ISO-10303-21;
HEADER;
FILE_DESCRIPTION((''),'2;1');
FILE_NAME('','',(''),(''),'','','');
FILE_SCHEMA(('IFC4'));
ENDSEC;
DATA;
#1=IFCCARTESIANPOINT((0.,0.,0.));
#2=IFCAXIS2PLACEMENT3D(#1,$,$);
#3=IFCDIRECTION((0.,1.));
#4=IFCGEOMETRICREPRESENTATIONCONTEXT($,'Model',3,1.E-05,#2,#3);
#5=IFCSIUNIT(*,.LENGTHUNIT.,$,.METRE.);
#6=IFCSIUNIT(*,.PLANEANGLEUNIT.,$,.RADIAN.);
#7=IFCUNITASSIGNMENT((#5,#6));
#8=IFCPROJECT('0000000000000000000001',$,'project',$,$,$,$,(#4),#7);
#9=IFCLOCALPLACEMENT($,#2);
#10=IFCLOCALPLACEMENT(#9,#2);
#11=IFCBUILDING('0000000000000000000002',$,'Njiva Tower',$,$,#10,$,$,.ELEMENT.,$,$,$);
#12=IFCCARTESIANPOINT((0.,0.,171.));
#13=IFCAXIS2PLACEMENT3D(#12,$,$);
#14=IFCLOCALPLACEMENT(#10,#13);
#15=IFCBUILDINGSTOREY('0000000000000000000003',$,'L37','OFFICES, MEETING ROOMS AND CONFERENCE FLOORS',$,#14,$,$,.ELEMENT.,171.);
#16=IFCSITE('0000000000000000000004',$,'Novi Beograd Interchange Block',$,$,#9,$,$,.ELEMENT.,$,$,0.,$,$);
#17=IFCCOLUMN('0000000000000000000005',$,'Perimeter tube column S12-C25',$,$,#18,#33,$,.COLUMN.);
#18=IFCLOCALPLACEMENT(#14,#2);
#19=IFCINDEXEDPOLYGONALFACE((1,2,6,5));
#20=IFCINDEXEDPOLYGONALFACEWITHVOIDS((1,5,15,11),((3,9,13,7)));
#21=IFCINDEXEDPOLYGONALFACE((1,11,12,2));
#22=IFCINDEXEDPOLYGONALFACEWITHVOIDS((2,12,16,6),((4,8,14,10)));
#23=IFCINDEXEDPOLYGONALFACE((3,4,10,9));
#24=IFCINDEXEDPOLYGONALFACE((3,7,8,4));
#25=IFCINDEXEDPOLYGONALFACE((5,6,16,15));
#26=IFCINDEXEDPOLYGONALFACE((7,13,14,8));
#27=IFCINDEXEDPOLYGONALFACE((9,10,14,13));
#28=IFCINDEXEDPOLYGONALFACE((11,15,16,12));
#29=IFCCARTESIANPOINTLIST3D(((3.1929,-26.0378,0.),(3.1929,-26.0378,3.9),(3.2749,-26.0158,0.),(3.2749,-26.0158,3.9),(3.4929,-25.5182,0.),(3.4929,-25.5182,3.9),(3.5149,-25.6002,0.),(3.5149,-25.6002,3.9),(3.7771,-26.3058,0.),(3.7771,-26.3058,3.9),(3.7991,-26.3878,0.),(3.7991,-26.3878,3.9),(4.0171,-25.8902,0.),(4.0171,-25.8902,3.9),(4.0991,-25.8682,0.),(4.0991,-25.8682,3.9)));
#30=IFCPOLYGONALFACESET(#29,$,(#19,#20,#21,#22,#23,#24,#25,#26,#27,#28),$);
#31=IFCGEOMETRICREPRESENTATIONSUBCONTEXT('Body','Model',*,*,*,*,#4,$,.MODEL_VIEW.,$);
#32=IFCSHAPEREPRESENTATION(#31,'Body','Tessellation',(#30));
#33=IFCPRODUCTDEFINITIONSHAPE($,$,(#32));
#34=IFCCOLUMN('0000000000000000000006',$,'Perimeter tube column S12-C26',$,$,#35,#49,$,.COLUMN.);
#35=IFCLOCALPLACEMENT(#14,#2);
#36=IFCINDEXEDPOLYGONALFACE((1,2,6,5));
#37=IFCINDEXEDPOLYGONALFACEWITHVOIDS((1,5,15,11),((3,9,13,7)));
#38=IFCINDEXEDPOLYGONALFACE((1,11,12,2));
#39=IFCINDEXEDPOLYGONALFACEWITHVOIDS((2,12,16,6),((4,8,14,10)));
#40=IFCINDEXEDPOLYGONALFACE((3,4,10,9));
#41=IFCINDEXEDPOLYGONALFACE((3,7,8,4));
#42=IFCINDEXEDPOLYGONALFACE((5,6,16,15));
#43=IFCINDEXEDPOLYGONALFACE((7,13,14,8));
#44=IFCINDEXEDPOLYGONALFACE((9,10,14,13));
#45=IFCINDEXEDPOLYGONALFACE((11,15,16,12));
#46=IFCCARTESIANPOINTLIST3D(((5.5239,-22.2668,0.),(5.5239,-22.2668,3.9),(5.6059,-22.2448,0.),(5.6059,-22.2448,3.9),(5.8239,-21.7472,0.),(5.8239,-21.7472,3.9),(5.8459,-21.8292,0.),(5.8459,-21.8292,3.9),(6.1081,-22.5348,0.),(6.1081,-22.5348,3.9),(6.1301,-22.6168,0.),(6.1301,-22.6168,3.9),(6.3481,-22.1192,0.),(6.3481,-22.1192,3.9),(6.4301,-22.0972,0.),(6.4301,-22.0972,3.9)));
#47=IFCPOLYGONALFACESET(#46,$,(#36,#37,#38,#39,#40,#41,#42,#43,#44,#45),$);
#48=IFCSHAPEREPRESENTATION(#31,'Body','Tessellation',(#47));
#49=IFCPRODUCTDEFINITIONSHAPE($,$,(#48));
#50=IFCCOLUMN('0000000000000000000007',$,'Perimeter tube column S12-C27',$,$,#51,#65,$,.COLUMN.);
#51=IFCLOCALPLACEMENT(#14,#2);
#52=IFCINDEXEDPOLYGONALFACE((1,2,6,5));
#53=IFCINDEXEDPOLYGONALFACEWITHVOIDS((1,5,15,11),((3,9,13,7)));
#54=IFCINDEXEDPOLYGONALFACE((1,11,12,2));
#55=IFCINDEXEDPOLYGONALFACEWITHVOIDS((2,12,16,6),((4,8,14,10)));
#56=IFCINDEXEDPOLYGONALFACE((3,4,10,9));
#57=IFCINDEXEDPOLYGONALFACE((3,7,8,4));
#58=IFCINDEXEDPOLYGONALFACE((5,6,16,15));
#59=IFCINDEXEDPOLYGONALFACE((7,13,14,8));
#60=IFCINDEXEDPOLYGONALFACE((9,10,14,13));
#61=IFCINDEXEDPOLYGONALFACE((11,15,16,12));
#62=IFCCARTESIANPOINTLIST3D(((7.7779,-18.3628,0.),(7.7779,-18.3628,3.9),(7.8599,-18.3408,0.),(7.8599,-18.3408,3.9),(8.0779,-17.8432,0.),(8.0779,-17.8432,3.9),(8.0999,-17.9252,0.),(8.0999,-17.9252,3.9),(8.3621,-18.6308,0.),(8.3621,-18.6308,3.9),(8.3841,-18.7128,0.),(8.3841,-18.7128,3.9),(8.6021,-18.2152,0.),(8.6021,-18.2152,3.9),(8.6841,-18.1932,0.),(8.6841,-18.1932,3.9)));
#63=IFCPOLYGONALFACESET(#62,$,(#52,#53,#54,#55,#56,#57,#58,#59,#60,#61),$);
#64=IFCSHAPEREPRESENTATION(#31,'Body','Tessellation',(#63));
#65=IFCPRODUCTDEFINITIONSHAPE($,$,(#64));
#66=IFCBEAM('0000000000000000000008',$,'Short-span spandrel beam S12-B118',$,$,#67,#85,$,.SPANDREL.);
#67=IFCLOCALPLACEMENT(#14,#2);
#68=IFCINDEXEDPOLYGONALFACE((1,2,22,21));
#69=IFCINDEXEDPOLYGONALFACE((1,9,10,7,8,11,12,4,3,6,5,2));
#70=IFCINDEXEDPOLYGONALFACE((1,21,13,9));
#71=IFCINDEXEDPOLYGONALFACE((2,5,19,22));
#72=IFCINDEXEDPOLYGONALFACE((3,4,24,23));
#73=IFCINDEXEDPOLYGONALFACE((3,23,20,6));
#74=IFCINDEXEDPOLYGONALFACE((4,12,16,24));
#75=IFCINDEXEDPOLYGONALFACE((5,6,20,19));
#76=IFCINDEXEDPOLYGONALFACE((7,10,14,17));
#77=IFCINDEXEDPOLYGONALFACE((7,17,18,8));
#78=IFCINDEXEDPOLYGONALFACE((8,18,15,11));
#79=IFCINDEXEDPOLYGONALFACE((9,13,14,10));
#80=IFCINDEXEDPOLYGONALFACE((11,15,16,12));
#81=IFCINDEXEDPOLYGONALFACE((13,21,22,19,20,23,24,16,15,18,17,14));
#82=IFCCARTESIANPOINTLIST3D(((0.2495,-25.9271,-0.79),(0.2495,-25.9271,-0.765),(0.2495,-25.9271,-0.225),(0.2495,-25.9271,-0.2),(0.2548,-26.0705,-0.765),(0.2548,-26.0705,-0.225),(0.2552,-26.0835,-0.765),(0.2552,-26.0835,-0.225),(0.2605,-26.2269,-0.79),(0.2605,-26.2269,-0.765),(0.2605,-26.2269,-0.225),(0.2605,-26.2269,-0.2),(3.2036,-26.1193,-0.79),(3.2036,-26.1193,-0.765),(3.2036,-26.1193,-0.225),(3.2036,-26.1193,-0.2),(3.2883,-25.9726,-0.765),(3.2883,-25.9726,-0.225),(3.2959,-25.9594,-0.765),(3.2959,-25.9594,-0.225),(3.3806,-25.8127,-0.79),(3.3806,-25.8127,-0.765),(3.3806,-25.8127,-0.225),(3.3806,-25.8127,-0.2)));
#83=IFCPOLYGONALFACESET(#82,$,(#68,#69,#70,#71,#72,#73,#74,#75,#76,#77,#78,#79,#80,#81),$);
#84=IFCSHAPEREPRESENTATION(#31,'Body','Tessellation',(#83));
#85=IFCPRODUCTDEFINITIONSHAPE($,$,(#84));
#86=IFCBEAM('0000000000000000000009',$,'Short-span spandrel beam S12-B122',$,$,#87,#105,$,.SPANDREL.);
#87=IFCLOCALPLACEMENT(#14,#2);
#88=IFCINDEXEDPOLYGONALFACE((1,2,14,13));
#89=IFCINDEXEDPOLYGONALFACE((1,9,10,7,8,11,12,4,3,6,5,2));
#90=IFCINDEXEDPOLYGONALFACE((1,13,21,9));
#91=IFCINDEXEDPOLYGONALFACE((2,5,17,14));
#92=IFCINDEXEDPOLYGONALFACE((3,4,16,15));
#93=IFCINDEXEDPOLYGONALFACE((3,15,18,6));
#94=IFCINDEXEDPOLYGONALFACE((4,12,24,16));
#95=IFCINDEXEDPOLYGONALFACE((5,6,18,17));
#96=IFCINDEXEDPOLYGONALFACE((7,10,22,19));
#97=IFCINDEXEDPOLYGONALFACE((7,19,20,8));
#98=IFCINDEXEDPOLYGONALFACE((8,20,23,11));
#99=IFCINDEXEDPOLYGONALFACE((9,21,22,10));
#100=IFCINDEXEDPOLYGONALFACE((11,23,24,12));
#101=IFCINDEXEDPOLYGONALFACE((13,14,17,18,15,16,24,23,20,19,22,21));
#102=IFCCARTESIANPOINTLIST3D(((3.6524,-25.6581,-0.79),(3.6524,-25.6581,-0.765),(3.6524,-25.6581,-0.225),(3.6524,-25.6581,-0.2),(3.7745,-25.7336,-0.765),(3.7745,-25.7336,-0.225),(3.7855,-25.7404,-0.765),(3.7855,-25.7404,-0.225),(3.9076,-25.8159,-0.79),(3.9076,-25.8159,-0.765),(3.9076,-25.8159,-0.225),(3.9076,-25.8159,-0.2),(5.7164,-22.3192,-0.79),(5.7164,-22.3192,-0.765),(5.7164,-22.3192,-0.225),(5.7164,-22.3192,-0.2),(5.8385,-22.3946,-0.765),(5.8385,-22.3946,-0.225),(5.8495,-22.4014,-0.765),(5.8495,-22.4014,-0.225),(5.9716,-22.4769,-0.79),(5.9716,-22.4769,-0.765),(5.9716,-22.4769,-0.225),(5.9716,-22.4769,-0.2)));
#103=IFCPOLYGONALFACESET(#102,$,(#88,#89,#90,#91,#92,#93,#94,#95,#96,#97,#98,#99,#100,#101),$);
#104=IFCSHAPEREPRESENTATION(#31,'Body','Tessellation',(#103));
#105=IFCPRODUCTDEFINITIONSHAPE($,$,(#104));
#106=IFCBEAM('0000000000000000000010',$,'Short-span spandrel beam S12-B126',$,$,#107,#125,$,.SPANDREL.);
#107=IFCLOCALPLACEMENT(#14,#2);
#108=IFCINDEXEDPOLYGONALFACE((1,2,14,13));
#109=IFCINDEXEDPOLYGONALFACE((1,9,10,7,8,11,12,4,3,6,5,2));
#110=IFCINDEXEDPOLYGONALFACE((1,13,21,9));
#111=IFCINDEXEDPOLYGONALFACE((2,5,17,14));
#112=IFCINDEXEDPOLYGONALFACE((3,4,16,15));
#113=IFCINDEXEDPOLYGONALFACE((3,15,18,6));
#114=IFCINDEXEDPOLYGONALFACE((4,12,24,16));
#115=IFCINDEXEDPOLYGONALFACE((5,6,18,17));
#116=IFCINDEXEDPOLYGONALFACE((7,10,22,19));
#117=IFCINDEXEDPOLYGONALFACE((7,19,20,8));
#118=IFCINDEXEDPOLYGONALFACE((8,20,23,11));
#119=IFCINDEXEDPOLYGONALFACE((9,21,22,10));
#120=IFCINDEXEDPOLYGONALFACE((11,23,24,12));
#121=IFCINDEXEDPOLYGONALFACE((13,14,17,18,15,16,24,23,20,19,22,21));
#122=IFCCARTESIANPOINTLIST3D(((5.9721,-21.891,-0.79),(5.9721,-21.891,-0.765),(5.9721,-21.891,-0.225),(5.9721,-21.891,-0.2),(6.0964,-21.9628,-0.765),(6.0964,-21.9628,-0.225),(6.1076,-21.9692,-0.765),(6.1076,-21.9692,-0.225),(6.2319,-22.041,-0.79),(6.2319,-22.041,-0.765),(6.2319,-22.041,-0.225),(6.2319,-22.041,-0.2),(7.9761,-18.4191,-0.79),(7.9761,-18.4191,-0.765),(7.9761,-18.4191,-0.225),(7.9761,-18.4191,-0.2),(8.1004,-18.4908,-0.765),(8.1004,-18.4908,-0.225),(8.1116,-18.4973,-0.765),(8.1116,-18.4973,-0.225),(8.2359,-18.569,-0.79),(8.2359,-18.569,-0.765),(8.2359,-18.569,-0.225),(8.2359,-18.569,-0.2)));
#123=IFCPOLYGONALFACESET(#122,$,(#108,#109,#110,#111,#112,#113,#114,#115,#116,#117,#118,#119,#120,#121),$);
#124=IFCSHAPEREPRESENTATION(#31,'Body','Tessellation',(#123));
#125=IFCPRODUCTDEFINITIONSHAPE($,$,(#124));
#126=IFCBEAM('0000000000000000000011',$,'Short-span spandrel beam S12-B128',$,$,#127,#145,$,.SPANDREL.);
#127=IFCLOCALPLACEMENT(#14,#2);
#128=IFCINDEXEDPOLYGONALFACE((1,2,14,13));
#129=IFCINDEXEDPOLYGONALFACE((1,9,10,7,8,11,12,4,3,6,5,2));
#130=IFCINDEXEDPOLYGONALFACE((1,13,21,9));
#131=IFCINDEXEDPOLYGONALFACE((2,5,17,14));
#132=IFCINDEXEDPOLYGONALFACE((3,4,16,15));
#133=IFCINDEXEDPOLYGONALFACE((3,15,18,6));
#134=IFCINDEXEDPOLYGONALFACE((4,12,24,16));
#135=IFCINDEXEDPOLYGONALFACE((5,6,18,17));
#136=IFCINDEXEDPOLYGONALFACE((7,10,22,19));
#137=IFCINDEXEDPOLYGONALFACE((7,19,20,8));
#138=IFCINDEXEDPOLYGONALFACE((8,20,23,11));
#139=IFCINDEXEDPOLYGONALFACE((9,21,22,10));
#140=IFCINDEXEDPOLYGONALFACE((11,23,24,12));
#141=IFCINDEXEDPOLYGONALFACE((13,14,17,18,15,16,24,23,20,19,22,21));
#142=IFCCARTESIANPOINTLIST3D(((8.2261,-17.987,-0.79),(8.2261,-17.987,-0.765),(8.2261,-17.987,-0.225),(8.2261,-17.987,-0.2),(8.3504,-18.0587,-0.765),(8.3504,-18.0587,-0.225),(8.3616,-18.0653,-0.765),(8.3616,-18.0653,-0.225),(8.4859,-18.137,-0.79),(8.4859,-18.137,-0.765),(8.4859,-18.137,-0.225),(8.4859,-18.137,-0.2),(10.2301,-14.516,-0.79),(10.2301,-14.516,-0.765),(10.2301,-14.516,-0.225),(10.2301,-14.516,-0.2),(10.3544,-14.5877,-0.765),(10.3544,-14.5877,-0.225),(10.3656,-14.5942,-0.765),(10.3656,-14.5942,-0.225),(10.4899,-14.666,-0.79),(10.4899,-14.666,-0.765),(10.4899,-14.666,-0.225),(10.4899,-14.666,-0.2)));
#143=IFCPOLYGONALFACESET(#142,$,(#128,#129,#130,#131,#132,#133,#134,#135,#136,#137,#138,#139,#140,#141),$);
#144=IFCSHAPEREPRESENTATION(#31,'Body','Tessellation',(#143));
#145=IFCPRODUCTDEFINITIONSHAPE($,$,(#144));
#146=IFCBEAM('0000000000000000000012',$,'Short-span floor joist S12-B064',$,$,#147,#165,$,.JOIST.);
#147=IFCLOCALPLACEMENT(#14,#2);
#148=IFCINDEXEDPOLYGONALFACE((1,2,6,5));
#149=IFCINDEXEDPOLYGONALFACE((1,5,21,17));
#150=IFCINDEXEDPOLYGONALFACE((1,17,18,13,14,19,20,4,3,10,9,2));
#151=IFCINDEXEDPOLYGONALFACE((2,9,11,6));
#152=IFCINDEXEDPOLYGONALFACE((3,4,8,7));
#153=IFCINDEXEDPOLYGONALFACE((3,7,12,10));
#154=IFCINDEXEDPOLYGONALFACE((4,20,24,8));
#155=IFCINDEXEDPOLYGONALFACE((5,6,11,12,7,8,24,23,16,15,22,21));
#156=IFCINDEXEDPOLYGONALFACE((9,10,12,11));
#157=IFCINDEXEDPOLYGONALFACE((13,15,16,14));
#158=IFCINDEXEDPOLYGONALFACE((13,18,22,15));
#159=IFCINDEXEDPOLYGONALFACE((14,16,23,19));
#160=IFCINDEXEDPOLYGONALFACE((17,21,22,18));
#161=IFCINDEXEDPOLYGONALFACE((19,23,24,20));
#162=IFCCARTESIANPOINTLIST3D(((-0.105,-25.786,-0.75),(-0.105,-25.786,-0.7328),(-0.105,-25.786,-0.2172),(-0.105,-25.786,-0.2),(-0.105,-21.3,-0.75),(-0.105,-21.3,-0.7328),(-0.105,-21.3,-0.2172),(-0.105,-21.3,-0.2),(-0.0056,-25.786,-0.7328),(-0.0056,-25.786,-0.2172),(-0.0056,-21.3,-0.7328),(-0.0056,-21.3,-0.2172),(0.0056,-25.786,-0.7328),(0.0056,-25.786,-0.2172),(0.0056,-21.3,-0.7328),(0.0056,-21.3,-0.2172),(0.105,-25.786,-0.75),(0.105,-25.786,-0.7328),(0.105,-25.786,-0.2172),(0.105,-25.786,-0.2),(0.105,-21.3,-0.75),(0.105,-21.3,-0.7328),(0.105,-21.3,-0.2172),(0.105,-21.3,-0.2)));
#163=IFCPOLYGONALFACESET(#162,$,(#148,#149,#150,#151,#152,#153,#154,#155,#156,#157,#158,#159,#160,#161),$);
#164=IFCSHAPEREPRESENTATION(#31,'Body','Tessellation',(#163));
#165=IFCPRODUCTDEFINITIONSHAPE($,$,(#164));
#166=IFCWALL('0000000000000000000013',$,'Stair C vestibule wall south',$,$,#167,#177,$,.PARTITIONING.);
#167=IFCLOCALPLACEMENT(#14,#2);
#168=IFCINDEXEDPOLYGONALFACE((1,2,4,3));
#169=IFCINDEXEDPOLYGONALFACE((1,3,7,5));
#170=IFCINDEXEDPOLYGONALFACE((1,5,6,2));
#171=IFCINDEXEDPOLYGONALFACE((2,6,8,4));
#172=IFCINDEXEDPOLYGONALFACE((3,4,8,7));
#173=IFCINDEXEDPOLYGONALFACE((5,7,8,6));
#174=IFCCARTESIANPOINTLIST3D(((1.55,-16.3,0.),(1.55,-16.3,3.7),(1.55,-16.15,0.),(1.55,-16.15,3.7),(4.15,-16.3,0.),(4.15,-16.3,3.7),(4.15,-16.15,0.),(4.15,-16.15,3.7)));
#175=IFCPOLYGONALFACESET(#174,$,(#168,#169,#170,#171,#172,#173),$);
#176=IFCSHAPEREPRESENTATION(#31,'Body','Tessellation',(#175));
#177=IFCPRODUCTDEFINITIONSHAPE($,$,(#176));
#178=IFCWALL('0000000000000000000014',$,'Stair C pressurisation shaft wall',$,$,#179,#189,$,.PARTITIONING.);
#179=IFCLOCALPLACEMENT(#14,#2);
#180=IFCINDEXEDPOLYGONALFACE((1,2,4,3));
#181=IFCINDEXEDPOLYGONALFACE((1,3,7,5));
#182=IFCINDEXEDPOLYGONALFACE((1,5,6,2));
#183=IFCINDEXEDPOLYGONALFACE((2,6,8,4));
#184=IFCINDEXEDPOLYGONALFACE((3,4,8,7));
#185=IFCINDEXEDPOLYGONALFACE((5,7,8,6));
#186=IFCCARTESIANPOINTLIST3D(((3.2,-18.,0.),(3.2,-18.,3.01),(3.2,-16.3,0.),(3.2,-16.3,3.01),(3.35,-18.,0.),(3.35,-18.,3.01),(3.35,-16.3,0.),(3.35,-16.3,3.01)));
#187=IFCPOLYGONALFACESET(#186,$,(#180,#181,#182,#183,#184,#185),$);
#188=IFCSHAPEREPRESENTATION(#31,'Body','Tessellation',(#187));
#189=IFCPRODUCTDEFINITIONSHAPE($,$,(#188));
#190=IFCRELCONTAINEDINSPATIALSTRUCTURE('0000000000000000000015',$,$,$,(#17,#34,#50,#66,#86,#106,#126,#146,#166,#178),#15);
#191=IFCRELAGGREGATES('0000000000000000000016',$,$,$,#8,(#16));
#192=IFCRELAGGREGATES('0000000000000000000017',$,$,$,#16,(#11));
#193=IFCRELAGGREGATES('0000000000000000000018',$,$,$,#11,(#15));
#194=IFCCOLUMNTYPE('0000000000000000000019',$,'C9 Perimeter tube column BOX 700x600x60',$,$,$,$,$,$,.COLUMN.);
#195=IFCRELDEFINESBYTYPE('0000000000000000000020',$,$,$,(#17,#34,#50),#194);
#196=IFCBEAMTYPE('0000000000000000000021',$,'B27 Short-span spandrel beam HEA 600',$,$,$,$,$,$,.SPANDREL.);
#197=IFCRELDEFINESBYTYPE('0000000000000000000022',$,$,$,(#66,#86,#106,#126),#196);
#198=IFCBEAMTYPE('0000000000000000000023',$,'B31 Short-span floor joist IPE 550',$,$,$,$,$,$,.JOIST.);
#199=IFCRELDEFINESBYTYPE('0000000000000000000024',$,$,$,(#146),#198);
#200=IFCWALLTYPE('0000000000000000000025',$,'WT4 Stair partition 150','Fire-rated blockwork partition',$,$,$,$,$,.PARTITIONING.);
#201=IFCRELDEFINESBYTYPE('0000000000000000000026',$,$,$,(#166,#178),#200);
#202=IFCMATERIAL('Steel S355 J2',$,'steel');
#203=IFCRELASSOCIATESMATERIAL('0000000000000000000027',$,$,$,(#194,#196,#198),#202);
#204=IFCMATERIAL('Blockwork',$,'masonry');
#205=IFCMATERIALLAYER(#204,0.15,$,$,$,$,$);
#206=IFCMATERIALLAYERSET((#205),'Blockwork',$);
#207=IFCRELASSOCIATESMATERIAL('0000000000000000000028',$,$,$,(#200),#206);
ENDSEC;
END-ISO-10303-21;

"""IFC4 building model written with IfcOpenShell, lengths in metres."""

from ifc_helpers import new_model, si_unit, direction, frame, frame_2d, origin, origin_2d, place, context, subcontext, project, spatial, rectangle, hollow_rectangle, i_section, extrude, clip, halfspace, material, layer, layer_set, material_profile, profile_set, type_object, element, save


model = new_model("IFC4")

# Units and contexts
model_context = context("Model", 3, precision=1e-05, world=origin(), true_north=direction((0.0, 1.0)))
body_context = subcontext(model_context, "Body", "Model", "MODEL_VIEW")
ifc_project = project(units=[si_unit("LENGTHUNIT", "METRE"), si_unit("PLANEANGLEUNIT", "RADIAN")], contexts=[model_context])

# Site, building, storey
site_placement = place(None, origin())
site = spatial("IfcSite", under=ifc_project, at=site_placement, Name="Novi Beograd Interchange Block", CompositionType="ELEMENT", RefElevation=0.0)
building_placement = place(site_placement, origin())
building = spatial("IfcBuilding", under=site, at=building_placement, Name="Njiva Tower", CompositionType="ELEMENT")
storey_placement = place(building_placement, frame((0.0, 0.0, 171.0)))
storey = spatial("IfcBuildingStorey", under=building, at=storey_placement, Name="L37", Description="OFFICES, MEETING ROOMS AND CONFERENCE FLOORS", CompositionType="ELEMENT", Elevation=171.0)

# Columns
ifc_material_1 = material(Name="Steel S355 J2", Category="steel")
ifc_material_profile_1 = material_profile(ifc_material_1, hollow_rectangle(XDim=0.6, YDim=0.7, WallThickness=0.06, at=origin_2d()), Name="BOX 700x600x60")
ifc_profile_set_1 = profile_set([ifc_material_profile_1], Name="Steel S355 J2")
column_type = type_object("IfcColumnType", Name="C9 Perimeter tube column BOX 700x600x60", PredefinedType="COLUMN", material=ifc_profile_set_1)
for number, where, z_axis, x_axis, name in (
    (1, (3.646, -25.953, 0.0), (0.0, 0.0, 1.0), (0.5, 0.866025, 0.0), "Perimeter tube column S12-C25"),
    (2, (5.977, -22.182, 0.0), (0.0, 0.0, 1.0), (0.5, 0.866025, 0.0), "Perimeter tube column S12-C26"),
    (3, (8.231, -18.278, 0.0), (0.0, 0.0, 1.0), (0.5, 0.866025, 0.0), "Perimeter tube column S12-C27"),
):
    element("IfcColumn", number, at=place(storey_placement, frame(where, z_axis=z_axis, x_axis=x_axis)), inside=storey, type_object=column_type, Name=name, PredefinedType="COLUMN", context=body_context, shape_type="SweptSolid", body=[
        extrude(hollow_rectangle(XDim=0.6, YDim=0.7, WallThickness=0.06, at=origin_2d()), origin(), (0.0, 0.0, 1.0), 3.9),
    ])

# Beams
ifc_material_profile_2 = material_profile(ifc_material_1, i_section(OverallWidth=0.3, OverallDepth=0.59, WebThickness=0.013, FlangeThickness=0.025, at=origin_2d()), Name="HEA 600")
ifc_profile_set_2 = profile_set([ifc_material_profile_2], Name="Steel S355 J2")
beam_type_1 = type_object("IfcBeamType", Name="B27 Short-span spandrel beam HEA 600", PredefinedType="SPANDREL", material=ifc_profile_set_2)
beam_1_placement = place(storey_placement, frame((0.255, -26.077, -0.495), z_axis=(0.999333, 0.036525, 0.0), x_axis=(-0.036525, 0.999333, 0.0)))
element("IfcBeam", 4, at=beam_1_placement, inside=storey, type_object=beam_type_1, Name="Short-span spandrel beam S12-B118", PredefinedType="SPANDREL", context=body_context, shape_type="Clipping", body=[
    clip(extrude(i_section(OverallWidth=0.3, OverallDepth=0.59, WebThickness=0.013, FlangeThickness=0.025, at=origin_2d()), origin(), (0.0, 0.0, 1.0), 3.153), halfspace(frame((-0.0262, 0.0, 3.0227), z_axis=(-0.531296, 0.0, 0.847186), x_axis=(0.0, 1.0, 0.0)), False)),
])
beam_2_placement = place(storey_placement, frame((3.78, -25.737, -0.495), z_axis=(0.525802, 0.850607, 0.0), x_axis=(-0.850607, 0.525802, 0.0)))
element("IfcBeam", 5, at=beam_2_placement, inside=storey, type_object=beam_type_1, Name="Short-span spandrel beam S12-B122", PredefinedType="SPANDREL", context=body_context, shape_type="SweptSolid", body=[
    extrude(i_section(OverallWidth=0.3, OverallDepth=0.59, WebThickness=0.013, FlangeThickness=0.025, at=origin_2d()), origin(), (0.0, 0.0, 1.0), 3.9254),
])
beam_3_placement = place(storey_placement, frame((6.102, -21.966, -0.495), z_axis=(0.499895, 0.866086, 0.0), x_axis=(-0.866086, 0.499895, 0.0)))
element("IfcBeam", 6, at=beam_3_placement, inside=storey, type_object=beam_type_1, Name="Short-span spandrel beam S12-B126", PredefinedType="SPANDREL", context=body_context, shape_type="SweptSolid", body=[
    extrude(i_section(OverallWidth=0.3, OverallDepth=0.59, WebThickness=0.013, FlangeThickness=0.025, at=origin_2d()), origin(), (0.0, 0.0, 1.0), 4.0088),
])
beam_4_placement = place(storey_placement, frame((8.356, -18.062, -0.495), z_axis=(0.500003, 0.866024, 0.0), x_axis=(-0.866024, 0.500003, 0.0)))
element("IfcBeam", 7, at=beam_4_placement, inside=storey, type_object=beam_type_1, Name="Short-span spandrel beam S12-B128", PredefinedType="SPANDREL", context=body_context, shape_type="SweptSolid", body=[
    extrude(i_section(OverallWidth=0.3, OverallDepth=0.59, WebThickness=0.013, FlangeThickness=0.025, at=origin_2d()), origin(), (0.0, 0.0, 1.0), 4.008),
])
ifc_material_profile_3 = material_profile(ifc_material_1, i_section(OverallWidth=0.21, OverallDepth=0.55, WebThickness=0.0111, FlangeThickness=0.0172, at=origin_2d()), Name="IPE 550")
ifc_profile_set_3 = profile_set([ifc_material_profile_3], Name="Steel S355 J2")
beam_type_2 = type_object("IfcBeamType", Name="B31 Short-span floor joist IPE 550", PredefinedType="JOIST", material=ifc_profile_set_3)
beam_5_placement = place(storey_placement, frame((0.0, -21.3, -0.475), z_axis=(0.0, -1.0, 0.0), x_axis=(1.0, 0.0, 0.0)))
element("IfcBeam", 8, at=beam_5_placement, inside=storey, type_object=beam_type_2, Name="Short-span floor joist S12-B064", PredefinedType="JOIST", context=body_context, shape_type="SweptSolid", body=[
    extrude(i_section(OverallWidth=0.21, OverallDepth=0.55, WebThickness=0.0111, FlangeThickness=0.0172, at=origin_2d()), origin(), (0.0, 0.0, 1.0), 4.486),
])

# Walls
ifc_material_2 = material(Name="Blockwork", Category="masonry")
ifc_layer_1 = layer(ifc_material_2, 0.15)
ifc_layer_set_1 = layer_set([ifc_layer_1], Name="Blockwork")
wall_type_1 = type_object("IfcWallType", Name="WT4 Stair partition 150", Description="Fire-rated blockwork partition", PredefinedType="PARTITIONING", material=ifc_layer_set_1)
wall_1_placement = place(storey_placement, frame((1.55, -16.225, 0.0), z_axis=(0.0, 0.0, 1.0), x_axis=(1.0, 0.0, 0.0)))
element("IfcWall", 9, at=wall_1_placement, inside=storey, type_object=wall_type_1, Name="Stair C vestibule wall south", PredefinedType="PARTITIONING", context=body_context, shape_type="SweptSolid", body=[
    extrude(rectangle(XDim=2.6, YDim=0.15, at=frame_2d((1.3, 0.0))), origin(), (0.0, 0.0, 1.0), 3.7),
])
wall_2_placement = place(storey_placement, frame((3.275, -18.0, 0.0), z_axis=(0.0, 0.0, 1.0), x_axis=(0.0, 1.0, 0.0)))
element("IfcWall", 10, at=wall_2_placement, inside=storey, type_object=wall_type_1, Name="Stair C pressurisation shaft wall", PredefinedType="PARTITIONING", context=body_context, shape_type="SweptSolid", body=[
    extrude(rectangle(XDim=1.7, YDim=0.15, at=frame_2d((0.85, 0.0))), origin(), (0.0, 0.0, 1.0), 3.01),
])

save(model, "model.ifc")
